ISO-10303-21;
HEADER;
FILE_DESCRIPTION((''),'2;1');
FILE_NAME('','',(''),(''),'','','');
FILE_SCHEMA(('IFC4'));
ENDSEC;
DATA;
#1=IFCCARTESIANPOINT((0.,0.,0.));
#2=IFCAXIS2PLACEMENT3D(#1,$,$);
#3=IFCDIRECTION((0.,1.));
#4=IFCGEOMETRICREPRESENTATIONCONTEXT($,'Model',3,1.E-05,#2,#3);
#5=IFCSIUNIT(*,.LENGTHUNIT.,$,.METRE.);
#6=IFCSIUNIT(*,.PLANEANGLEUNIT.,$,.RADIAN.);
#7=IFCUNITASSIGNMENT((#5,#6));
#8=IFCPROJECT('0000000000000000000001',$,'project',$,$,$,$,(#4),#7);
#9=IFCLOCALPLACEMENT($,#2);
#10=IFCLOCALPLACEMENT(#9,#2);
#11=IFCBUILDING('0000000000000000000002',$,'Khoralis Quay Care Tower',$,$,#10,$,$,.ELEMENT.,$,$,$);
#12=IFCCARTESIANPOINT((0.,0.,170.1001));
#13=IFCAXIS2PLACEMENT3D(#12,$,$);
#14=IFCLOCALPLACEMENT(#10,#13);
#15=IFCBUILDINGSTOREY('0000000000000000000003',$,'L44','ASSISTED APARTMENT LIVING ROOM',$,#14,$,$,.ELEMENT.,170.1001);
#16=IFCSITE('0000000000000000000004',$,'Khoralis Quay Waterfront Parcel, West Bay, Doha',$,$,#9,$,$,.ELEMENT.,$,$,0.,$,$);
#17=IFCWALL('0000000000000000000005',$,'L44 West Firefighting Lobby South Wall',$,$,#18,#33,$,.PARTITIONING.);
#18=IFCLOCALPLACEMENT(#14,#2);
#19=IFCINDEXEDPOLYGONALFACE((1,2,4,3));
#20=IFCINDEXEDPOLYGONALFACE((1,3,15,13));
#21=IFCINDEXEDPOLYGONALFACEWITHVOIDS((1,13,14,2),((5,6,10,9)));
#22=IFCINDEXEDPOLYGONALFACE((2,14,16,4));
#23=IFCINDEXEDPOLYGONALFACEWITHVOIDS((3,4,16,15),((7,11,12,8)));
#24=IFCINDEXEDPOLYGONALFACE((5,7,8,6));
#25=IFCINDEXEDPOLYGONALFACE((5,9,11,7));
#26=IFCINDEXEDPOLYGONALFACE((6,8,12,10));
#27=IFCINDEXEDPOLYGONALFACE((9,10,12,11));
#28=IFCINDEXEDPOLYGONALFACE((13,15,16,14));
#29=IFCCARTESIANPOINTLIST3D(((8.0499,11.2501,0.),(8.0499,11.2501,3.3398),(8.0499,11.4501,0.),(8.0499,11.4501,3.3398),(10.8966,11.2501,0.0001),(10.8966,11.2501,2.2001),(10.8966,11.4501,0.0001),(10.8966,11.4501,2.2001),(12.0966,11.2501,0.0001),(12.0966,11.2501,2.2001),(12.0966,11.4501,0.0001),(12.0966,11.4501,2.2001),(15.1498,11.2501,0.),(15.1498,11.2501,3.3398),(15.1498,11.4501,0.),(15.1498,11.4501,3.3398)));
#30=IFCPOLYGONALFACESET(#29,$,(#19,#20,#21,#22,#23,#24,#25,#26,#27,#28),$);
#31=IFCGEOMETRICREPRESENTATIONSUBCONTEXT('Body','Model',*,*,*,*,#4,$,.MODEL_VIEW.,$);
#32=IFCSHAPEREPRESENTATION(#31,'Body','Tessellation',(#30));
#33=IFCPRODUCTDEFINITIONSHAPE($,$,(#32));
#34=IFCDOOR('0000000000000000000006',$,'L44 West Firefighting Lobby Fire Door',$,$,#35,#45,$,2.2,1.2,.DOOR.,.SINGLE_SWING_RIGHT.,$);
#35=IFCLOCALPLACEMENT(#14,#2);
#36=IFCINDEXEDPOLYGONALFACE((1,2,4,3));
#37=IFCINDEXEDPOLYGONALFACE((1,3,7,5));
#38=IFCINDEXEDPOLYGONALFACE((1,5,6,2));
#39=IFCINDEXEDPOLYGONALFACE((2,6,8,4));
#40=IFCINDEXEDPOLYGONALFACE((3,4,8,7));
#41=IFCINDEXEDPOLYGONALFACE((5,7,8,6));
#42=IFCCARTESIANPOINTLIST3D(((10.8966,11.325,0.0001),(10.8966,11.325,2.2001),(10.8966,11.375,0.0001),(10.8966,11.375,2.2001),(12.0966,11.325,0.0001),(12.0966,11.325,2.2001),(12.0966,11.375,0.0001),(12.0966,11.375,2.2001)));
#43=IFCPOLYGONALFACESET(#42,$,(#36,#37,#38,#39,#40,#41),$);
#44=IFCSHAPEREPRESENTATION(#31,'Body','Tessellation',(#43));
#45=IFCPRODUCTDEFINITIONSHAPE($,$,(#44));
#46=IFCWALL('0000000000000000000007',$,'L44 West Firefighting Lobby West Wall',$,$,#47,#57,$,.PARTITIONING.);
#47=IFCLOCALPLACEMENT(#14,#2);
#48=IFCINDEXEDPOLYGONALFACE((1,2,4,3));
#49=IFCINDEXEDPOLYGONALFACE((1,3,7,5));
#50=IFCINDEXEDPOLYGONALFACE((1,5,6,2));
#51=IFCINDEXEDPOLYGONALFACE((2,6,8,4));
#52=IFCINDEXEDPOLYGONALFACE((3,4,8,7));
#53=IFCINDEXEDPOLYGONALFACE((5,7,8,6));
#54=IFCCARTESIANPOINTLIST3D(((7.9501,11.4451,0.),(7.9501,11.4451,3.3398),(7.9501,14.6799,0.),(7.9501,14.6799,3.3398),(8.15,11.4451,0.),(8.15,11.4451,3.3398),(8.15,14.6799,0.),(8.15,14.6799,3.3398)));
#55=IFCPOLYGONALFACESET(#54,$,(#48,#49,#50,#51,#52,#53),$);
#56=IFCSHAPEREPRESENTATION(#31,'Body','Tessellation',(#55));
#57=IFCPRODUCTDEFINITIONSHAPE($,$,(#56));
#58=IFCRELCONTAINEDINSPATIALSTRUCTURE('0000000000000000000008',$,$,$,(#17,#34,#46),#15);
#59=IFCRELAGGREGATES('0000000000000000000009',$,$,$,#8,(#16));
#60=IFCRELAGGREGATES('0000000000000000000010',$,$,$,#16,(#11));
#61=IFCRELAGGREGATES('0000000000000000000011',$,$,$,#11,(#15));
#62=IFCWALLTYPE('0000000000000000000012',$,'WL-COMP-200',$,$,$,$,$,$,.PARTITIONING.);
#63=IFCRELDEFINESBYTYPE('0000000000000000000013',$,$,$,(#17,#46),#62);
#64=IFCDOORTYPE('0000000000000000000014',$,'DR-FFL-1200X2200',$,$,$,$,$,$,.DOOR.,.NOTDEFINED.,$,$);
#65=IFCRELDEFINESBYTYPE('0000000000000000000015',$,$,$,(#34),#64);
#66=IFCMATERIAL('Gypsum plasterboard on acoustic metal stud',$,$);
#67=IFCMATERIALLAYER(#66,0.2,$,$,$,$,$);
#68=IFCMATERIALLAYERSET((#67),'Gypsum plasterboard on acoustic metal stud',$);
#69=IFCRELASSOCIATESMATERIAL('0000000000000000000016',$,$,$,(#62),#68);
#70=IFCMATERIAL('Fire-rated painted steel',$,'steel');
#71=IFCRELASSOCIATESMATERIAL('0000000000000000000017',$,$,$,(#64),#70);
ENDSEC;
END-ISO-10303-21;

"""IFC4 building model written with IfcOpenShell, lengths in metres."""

from ifc_helpers import new_model, si_unit, direction, frame, frame_2d, origin, place, context, subcontext, project, spatial, rectangle, extrude, source, transform, mapped, material, layer, layer_set, type_object, element, fill, save


model = new_model("IFC4")

# Units and contexts
model_context = context("Model", 3, precision=1e-05, world=origin(), true_north=direction((0.0, 1.0)))
body_context = subcontext(model_context, "Body", "Model", "MODEL_VIEW")
ifc_project = project(units=[si_unit("LENGTHUNIT", "METRE"), si_unit("PLANEANGLEUNIT", "RADIAN")], contexts=[model_context])

# Site, building, storey
site_placement = place(None, origin())
site = spatial("IfcSite", under=ifc_project, at=site_placement, Name="Khoralis Quay Waterfront Parcel, West Bay, Doha", CompositionType="ELEMENT", RefElevation=0.0)
building_placement = place(site_placement, origin())
building = spatial("IfcBuilding", under=site, at=building_placement, Name="Khoralis Quay Care Tower", CompositionType="ELEMENT")
storey_placement = place(building_placement, frame((0.0, 0.0, 170.1001)))
storey = spatial("IfcBuildingStorey", under=building, at=storey_placement, Name="L44", Description="ASSISTED APARTMENT LIVING ROOM", CompositionType="ELEMENT", Elevation=170.1001)

# Wall, opening, door
ifc_material_1 = material(Name="Gypsum plasterboard on acoustic metal stud")
ifc_layer_1 = layer(ifc_material_1, 0.2)
ifc_layer_set_1 = layer_set([ifc_layer_1], Name="Gypsum plasterboard on acoustic metal stud")
wall_type_1 = type_object("IfcWallType", Name="WL-COMP-200", PredefinedType="PARTITIONING", material=ifc_layer_set_1)
wall_1_placement = place(storey_placement, frame((8.05, 11.3501, 0.0), z_axis=(0.0, 0.0, 1.0), x_axis=(1.0, 0.0, 0.0)))
wall_1 = element("IfcWall", 1, at=wall_1_placement, inside=storey, type_object=wall_type_1, Name="L44 West Firefighting Lobby South Wall", PredefinedType="PARTITIONING", context=body_context, shape_type="SweptSolid", body=[
    extrude(rectangle(XDim=7.0999, YDim=0.2, at=frame_2d((3.5498, 0.0))), origin(), (0.0, 0.0, 1.0), 3.3398),
])
opening_1_placement = place(wall_1_placement, frame((2.8464, 0.0, 0.0)))
opening_1 = element("IfcOpeningElement", 2, at=opening_1_placement, cuts=wall_1, PredefinedType="OPENING", context=body_context, shape_type="SweptSolid", body=[
    extrude(rectangle(XDim=1.2, YDim=2.2, at=frame_2d((0.6001, 1.1001))), frame((0.0, 0.1099, 0.0), z_axis=(0.0, -1.0, 0.0), x_axis=(1.0, 0.0, 0.0)), (0.0, 0.0, 1.0), 0.22),
])
ifc_material_2 = material(Name="Fire-rated painted steel", Category="steel")
door_type_1 = type_object("IfcDoorType", Name="DR-FFL-1200X2200", OperationType="NOTDEFINED", PredefinedType="DOOR", material=ifc_material_2)
shared_shape_1 = source(origin(), body_context, "Body", "SweptSolid", [
    extrude(rectangle(XDim=1.2, YDim=2.2, at=frame_2d((0.6001, 1.1001))), frame((0.0, 0.0249, 0.0), z_axis=(0.0, -1.0, 0.0), x_axis=(1.0, 0.0, 0.0)), (0.0, 0.0, 1.0), 0.05),
])
door_1_placement = place(opening_1_placement, origin())
door_1 = element("IfcDoor", 3, at=door_1_placement, inside=storey, type_object=door_type_1, Name="L44 West Firefighting Lobby Fire Door", OperationType="SINGLE_SWING_RIGHT", OverallHeight=2.2, OverallWidth=1.2, PredefinedType="DOOR", context=body_context, shape_type="MappedRepresentation", body=[
    mapped(shared_shape_1, transform((0.0, 0.0, 0.0), scale=1.0)),
])
fill(opening_1, door_1)

# Wall
wall_2_placement = place(storey_placement, frame((8.05, 11.4451, 0.0), z_axis=(0.0, 0.0, 1.0), x_axis=(0.0, 1.0, 0.0)))
element("IfcWall", 4, at=wall_2_placement, inside=storey, type_object=wall_type_1, Name="L44 West Firefighting Lobby West Wall", PredefinedType="PARTITIONING", context=body_context, shape_type="SweptSolid", body=[
    extrude(rectangle(XDim=3.2349, YDim=0.2, at=frame_2d((1.6174, 0.0))), origin(), (0.0, 0.0, 1.0), 3.3398),
])

save(model, "model.ifc")
